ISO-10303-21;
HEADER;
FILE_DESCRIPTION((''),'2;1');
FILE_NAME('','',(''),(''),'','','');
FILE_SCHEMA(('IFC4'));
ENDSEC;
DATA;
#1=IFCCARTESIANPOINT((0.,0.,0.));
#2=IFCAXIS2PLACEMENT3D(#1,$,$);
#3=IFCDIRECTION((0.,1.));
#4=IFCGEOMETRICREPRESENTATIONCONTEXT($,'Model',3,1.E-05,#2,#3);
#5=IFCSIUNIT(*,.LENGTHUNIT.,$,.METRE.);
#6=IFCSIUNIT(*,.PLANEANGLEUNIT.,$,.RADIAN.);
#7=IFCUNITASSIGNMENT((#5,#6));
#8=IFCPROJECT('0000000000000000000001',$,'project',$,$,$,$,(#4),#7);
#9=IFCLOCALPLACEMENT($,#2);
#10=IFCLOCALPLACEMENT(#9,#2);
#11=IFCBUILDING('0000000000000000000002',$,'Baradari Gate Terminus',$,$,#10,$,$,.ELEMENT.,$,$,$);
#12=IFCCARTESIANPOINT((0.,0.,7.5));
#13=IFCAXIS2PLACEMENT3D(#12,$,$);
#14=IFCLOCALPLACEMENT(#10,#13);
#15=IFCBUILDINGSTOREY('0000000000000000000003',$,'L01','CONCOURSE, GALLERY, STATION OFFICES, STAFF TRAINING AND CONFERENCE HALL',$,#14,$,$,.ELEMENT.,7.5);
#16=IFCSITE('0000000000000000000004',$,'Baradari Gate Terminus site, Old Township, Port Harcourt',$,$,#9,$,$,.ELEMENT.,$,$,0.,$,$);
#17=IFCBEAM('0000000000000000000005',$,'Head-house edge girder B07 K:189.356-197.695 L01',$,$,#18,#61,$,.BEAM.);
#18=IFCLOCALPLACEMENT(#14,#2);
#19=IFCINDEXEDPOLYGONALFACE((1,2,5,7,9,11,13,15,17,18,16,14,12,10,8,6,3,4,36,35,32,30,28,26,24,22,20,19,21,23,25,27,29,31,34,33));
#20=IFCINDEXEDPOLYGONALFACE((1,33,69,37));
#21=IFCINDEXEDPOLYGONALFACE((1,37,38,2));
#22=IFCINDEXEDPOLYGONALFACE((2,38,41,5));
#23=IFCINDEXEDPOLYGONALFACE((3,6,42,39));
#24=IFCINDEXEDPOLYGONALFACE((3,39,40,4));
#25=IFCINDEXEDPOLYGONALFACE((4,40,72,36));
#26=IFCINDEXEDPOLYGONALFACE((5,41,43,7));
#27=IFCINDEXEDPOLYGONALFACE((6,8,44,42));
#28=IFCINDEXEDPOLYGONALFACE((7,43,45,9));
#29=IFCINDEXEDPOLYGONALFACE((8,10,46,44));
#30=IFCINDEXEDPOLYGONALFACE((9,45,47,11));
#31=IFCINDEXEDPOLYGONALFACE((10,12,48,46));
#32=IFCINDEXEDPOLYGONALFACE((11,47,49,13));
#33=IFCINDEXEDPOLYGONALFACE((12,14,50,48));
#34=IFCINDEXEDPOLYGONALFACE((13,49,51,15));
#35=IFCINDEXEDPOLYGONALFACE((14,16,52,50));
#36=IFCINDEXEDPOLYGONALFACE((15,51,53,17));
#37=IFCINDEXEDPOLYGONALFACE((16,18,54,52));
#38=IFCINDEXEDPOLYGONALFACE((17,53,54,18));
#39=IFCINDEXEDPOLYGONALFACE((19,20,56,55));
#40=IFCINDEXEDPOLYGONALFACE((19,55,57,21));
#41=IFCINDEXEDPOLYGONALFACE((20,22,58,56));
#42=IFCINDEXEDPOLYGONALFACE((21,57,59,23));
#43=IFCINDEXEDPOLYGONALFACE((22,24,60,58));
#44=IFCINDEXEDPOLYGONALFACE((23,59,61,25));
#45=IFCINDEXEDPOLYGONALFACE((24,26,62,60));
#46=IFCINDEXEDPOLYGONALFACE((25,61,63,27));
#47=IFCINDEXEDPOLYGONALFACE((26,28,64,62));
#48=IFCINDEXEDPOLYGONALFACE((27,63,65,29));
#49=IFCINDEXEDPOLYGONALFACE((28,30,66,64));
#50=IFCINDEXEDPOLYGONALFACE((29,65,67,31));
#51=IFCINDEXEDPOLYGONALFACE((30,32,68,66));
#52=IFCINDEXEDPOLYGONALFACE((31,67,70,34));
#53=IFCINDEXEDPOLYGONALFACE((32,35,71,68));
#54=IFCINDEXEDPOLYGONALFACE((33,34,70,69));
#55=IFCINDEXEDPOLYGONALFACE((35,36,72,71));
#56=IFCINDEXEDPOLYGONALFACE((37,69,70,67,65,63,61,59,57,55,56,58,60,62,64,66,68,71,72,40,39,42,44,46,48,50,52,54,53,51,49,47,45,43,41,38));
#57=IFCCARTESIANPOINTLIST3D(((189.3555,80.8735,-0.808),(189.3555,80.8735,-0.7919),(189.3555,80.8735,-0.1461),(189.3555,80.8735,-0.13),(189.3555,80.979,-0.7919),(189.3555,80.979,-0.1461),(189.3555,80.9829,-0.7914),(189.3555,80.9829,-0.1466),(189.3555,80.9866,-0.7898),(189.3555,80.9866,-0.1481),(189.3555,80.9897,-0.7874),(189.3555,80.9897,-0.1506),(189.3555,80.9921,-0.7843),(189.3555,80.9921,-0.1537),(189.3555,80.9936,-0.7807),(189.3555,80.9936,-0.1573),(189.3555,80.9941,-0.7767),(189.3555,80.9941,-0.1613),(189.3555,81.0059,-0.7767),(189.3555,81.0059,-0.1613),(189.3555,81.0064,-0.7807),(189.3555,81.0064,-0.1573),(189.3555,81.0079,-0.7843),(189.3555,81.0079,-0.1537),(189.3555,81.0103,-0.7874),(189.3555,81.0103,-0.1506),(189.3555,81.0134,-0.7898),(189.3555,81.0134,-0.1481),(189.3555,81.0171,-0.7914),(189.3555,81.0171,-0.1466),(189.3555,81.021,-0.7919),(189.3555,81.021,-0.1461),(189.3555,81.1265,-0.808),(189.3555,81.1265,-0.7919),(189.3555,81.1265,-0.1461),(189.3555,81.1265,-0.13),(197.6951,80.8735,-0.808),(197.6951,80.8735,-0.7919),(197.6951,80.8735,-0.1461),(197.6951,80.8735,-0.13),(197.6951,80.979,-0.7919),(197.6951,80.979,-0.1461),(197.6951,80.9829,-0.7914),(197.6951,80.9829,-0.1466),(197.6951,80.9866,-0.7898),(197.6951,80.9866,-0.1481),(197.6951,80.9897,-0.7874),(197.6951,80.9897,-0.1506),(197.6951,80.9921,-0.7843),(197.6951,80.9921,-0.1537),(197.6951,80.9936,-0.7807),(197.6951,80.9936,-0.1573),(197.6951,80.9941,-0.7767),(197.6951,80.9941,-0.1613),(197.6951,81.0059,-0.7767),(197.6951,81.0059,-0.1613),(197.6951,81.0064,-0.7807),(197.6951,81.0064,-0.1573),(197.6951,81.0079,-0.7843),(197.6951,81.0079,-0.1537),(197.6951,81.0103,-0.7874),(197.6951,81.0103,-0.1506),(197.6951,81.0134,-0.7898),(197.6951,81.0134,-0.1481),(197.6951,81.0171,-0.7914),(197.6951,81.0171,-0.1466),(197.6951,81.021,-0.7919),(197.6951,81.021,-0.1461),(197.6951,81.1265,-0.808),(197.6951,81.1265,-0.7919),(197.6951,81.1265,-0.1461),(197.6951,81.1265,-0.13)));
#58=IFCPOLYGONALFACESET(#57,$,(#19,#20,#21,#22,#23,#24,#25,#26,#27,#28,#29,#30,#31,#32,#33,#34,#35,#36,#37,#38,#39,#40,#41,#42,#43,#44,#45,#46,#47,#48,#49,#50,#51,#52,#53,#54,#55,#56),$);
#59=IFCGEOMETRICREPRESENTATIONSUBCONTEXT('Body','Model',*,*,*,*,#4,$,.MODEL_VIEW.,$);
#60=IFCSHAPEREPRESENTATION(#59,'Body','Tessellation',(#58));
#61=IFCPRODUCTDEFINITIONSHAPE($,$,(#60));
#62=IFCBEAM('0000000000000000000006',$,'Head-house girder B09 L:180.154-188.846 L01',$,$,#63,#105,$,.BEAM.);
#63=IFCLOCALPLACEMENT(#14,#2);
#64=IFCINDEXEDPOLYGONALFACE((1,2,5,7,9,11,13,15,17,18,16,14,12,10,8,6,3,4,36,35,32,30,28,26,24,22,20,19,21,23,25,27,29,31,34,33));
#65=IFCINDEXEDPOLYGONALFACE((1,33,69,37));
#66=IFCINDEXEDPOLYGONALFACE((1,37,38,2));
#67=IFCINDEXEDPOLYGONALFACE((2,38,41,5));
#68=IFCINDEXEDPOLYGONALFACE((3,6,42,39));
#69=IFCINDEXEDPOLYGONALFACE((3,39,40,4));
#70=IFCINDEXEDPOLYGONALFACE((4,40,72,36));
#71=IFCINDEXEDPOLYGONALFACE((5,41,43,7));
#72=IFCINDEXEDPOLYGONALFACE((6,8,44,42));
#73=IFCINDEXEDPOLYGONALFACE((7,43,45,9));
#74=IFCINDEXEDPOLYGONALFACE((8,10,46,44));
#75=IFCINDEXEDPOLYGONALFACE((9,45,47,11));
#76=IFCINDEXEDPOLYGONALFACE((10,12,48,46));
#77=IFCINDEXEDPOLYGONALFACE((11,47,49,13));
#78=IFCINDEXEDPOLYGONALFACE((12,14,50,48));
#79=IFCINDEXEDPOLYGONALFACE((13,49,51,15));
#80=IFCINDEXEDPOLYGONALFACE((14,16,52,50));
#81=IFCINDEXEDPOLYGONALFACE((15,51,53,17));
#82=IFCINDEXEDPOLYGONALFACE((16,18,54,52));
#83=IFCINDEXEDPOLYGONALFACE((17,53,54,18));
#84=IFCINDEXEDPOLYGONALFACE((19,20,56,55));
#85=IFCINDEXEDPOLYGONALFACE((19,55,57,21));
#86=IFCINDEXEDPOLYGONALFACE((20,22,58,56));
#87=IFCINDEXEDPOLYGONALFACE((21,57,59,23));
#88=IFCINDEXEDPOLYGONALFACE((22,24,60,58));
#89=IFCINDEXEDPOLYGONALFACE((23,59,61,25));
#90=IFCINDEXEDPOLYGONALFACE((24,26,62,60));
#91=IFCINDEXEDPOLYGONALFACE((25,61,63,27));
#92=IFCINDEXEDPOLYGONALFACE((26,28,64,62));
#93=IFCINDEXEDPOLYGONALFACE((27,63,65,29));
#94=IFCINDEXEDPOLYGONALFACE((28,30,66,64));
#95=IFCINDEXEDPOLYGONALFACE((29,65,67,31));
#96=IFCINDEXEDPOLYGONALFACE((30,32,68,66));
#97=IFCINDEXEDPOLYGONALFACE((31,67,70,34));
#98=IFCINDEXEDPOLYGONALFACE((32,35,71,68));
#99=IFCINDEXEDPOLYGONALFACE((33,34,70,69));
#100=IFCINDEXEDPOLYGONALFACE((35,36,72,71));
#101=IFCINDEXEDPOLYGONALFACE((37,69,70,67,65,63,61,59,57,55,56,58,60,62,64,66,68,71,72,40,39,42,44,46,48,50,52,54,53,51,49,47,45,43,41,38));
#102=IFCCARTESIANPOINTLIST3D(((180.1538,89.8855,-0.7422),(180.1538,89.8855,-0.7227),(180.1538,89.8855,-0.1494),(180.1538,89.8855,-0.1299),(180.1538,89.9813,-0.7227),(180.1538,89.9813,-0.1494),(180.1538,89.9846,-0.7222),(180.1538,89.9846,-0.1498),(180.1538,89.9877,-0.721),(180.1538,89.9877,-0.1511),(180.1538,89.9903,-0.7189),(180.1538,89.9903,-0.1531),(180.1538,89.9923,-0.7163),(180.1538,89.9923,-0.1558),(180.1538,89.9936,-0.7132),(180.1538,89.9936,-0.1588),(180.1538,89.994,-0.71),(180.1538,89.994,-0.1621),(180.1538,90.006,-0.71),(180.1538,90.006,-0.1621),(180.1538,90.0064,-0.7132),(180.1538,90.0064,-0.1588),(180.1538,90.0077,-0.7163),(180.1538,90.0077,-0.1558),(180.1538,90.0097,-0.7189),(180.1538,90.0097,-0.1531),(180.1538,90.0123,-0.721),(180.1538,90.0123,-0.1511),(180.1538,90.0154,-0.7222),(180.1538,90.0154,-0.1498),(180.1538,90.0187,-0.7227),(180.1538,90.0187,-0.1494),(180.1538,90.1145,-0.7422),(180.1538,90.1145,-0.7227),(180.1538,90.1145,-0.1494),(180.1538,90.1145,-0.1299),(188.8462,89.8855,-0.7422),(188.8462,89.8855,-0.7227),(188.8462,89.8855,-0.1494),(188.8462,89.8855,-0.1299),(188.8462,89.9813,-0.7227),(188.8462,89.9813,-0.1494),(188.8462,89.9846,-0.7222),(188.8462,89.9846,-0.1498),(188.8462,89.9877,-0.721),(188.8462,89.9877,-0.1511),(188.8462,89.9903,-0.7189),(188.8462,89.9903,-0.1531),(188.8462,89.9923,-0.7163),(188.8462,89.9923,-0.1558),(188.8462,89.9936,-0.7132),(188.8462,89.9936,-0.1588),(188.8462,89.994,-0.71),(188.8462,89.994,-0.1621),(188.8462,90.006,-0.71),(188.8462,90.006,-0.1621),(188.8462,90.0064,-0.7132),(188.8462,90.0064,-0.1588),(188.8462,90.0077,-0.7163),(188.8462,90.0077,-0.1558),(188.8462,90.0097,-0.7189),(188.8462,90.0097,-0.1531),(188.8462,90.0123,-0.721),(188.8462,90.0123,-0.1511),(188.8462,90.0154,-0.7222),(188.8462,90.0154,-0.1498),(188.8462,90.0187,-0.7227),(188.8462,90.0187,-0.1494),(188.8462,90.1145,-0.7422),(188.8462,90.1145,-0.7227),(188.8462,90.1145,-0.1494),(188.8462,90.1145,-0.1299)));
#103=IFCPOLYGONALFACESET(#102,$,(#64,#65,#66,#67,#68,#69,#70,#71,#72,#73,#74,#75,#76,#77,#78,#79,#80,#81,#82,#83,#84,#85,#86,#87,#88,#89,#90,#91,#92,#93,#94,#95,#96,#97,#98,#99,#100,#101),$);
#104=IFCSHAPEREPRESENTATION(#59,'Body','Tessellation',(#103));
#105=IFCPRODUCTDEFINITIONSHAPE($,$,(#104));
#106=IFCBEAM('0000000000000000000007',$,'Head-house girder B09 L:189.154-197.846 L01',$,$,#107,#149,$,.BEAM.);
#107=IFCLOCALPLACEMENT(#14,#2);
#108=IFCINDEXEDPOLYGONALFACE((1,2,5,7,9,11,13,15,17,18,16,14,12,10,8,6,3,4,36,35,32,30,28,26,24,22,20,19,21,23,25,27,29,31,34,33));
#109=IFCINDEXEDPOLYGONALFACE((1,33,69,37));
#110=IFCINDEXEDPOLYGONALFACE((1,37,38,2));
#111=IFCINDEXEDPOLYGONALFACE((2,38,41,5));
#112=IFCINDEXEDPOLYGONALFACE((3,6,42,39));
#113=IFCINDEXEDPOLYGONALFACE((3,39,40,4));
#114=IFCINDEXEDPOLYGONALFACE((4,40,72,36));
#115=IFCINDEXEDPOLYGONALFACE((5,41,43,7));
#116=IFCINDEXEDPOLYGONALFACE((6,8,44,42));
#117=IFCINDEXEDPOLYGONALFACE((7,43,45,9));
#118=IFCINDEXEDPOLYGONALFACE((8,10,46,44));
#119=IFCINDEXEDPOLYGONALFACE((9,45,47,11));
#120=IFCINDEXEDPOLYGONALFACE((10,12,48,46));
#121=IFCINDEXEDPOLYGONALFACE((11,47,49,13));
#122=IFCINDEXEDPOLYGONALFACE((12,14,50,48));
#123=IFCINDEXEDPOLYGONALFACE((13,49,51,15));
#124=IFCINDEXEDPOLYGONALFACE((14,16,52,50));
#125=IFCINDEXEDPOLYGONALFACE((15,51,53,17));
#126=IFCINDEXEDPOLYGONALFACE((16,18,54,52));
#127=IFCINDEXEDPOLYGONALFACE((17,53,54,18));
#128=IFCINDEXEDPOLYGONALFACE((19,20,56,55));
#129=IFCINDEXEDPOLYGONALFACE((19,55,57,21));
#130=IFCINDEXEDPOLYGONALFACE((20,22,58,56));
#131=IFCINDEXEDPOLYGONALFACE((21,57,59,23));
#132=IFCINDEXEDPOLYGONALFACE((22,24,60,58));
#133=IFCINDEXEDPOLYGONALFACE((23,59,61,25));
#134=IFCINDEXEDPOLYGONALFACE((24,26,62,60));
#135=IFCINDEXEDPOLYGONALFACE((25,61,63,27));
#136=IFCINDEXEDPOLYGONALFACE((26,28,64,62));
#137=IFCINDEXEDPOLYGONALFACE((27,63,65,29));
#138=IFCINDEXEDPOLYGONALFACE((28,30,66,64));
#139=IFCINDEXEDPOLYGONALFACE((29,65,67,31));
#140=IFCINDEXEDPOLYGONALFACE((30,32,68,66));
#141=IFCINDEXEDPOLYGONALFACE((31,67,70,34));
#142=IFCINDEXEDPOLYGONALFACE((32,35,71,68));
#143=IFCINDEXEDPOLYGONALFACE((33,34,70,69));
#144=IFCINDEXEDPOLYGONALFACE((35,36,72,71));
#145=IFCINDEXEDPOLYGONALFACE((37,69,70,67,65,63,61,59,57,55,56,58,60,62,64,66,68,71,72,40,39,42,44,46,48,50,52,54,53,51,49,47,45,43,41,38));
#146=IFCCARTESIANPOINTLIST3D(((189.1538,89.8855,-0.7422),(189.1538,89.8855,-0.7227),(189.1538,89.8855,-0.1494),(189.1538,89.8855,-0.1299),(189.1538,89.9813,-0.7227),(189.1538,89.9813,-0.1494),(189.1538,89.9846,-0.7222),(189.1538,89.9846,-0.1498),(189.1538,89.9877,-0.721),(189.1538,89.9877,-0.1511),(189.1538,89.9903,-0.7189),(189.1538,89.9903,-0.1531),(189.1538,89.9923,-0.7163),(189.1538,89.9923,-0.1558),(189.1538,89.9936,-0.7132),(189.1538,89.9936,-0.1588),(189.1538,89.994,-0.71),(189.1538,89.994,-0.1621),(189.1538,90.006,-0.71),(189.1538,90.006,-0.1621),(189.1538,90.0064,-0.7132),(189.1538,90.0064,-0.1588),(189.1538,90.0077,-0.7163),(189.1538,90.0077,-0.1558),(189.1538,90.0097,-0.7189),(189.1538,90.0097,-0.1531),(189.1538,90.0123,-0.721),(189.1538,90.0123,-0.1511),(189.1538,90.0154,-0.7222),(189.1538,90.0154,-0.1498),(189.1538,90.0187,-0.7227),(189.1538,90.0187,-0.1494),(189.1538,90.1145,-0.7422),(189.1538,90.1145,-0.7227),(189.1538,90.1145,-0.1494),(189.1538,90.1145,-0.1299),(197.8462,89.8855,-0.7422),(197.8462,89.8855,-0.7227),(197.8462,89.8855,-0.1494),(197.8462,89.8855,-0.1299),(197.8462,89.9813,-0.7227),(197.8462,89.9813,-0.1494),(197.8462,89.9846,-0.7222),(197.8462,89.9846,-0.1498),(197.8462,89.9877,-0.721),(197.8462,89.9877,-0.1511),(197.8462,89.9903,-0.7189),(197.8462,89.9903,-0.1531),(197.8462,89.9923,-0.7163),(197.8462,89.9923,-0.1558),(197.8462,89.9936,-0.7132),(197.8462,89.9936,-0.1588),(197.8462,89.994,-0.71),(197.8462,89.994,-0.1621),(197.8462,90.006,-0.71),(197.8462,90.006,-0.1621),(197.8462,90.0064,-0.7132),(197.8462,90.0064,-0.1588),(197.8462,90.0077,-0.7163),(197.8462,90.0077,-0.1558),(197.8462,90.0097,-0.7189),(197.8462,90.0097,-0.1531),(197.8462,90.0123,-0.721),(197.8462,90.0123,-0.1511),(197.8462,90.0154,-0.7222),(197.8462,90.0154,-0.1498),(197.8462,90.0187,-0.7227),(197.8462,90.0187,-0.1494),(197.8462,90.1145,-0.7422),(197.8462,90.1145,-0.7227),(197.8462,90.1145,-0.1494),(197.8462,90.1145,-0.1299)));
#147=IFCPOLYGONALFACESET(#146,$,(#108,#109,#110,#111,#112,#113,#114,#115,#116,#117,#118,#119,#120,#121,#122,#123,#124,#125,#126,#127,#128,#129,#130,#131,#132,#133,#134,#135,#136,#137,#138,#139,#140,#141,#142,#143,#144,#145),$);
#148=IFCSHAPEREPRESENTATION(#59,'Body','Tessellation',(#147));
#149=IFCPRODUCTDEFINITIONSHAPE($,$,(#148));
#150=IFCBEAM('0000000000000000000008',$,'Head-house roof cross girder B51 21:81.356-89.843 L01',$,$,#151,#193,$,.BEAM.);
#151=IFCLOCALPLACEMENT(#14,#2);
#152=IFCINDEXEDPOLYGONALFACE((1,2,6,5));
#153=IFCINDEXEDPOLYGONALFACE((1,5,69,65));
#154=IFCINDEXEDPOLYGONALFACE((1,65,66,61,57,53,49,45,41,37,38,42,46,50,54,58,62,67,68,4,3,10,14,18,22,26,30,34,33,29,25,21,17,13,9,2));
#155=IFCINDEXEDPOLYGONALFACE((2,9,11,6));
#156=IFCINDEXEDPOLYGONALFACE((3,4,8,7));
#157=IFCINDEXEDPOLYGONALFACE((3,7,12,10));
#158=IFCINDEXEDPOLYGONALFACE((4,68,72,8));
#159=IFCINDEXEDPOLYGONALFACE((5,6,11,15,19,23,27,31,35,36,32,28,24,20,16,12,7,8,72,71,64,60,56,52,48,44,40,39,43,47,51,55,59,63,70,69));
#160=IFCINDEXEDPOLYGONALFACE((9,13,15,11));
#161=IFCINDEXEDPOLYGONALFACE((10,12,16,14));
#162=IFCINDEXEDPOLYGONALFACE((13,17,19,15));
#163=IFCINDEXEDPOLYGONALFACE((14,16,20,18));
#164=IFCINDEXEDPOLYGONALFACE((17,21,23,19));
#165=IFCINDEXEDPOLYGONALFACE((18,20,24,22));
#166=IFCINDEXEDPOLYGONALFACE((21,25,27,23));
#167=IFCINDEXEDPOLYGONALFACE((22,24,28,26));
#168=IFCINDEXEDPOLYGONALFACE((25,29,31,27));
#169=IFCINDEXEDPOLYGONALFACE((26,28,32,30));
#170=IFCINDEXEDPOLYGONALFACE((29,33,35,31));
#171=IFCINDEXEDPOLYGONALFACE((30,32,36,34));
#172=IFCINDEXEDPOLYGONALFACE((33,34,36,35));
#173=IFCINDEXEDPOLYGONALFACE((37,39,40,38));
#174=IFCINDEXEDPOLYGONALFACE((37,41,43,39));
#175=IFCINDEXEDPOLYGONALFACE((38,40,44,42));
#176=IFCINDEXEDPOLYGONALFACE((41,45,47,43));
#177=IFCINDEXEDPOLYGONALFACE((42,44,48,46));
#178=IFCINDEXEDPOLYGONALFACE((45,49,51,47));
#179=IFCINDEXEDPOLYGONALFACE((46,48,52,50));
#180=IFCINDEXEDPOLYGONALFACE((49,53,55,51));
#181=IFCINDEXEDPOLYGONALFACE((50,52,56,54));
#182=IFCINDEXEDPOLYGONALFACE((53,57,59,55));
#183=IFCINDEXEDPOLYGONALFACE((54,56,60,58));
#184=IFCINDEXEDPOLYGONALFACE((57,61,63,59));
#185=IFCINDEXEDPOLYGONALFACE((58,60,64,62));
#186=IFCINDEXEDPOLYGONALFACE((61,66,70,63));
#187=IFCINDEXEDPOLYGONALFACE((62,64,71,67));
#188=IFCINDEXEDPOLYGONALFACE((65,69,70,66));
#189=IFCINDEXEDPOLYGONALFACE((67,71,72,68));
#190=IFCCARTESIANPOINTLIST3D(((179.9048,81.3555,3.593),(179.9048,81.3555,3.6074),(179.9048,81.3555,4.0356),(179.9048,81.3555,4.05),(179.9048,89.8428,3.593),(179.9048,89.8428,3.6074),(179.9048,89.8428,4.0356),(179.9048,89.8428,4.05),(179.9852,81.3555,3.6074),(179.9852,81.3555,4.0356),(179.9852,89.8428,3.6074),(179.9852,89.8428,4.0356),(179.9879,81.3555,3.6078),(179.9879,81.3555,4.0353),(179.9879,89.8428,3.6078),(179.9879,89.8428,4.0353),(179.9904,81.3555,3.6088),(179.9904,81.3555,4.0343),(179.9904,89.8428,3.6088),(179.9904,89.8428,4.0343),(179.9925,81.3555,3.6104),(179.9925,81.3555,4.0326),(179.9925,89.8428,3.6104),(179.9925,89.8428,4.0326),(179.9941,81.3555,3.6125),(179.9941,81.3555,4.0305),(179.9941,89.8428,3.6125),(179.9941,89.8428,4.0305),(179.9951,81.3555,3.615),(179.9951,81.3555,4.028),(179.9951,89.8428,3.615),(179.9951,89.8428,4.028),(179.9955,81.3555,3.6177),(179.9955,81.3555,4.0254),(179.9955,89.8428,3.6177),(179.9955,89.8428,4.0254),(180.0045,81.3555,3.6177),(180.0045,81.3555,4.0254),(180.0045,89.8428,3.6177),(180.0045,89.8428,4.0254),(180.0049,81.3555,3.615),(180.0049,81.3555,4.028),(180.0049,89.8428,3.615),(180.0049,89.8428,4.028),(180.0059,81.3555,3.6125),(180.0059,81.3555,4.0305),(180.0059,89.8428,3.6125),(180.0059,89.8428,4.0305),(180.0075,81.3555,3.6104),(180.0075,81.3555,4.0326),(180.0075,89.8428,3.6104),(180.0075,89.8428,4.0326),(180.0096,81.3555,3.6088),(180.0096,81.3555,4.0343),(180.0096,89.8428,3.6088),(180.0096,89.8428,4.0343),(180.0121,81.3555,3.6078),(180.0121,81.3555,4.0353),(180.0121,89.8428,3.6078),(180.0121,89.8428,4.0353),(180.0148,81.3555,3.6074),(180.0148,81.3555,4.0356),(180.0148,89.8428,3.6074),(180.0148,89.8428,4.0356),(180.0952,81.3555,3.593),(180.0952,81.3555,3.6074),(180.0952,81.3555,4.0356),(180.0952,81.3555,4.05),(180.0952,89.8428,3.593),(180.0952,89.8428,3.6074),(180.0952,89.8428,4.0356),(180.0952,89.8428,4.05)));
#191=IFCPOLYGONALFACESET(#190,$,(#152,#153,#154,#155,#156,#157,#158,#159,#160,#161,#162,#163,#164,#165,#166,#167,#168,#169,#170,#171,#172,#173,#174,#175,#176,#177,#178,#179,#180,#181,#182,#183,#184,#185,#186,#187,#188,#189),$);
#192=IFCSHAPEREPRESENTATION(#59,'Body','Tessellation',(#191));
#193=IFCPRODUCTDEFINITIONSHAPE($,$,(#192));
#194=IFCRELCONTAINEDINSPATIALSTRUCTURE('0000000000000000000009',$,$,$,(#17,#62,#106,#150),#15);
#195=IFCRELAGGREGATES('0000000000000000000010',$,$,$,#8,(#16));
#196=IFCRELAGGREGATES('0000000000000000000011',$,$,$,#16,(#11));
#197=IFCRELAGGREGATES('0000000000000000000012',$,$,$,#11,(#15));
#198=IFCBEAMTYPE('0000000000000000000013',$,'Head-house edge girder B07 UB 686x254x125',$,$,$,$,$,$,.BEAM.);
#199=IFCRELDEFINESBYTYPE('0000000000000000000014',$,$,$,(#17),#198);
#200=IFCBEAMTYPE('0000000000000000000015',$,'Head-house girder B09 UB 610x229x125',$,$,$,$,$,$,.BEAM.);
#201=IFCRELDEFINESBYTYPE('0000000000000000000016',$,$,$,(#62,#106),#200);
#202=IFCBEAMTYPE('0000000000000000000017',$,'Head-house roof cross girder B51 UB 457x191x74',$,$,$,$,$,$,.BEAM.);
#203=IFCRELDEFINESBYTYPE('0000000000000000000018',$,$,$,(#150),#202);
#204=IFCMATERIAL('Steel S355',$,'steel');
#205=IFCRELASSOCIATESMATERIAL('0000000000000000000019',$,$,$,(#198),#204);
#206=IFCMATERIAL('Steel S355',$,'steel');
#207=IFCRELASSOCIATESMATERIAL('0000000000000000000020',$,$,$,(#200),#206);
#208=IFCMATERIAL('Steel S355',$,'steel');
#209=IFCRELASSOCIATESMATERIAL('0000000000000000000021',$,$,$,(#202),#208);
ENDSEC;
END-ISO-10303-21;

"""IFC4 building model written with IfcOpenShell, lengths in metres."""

from ifc_helpers import new_model, si_unit, direction, frame, origin, origin_2d, place, context, subcontext, project, spatial, i_section, extrude, material, material_profile, profile_set, type_object, element, save


model = new_model("IFC4")

# Units and contexts
model_context = context("Model", 3, precision=1e-05, world=origin(), true_north=direction((0.0, 1.0)))
body_context = subcontext(model_context, "Body", "Model", "MODEL_VIEW")
ifc_project = project(units=[si_unit("LENGTHUNIT", "METRE"), si_unit("PLANEANGLEUNIT", "RADIAN")], contexts=[model_context])

# Site, building, storey
site_placement = place(None, origin())
site = spatial("IfcSite", under=ifc_project, at=site_placement, Name="Baradari Gate Terminus site, Old Township, Port Harcourt", CompositionType="ELEMENT", RefElevation=0.0)
building_placement = place(site_placement, origin())
building = spatial("IfcBuilding", under=site, at=building_placement, Name="Baradari Gate Terminus", CompositionType="ELEMENT")
storey_placement = place(building_placement, frame((0.0, 0.0, 7.5)))
storey = spatial("IfcBuildingStorey", under=building, at=storey_placement, Name="L01", Description="CONCOURSE, GALLERY, STATION OFFICES, STAFF TRAINING AND CONFERENCE HALL", CompositionType="ELEMENT", Elevation=7.5)

# Beams
ifc_material_1 = material(Name="Steel S355", Category="steel")
ifc_material_profile_1 = material_profile(ifc_material_1, i_section(OverallWidth=0.2529, OverallDepth=0.678, WebThickness=0.0117, FlangeThickness=0.0161, FilletRadius=0.0151, at=origin_2d()), Name="UB 686x254x125")
ifc_profile_set_1 = profile_set([ifc_material_profile_1], Name="Steel S355")
beam_type_1 = type_object("IfcBeamType", Name="Head-house edge girder B07 UB 686x254x125", PredefinedType="BEAM", material=ifc_profile_set_1)
beam_1_placement = place(storey_placement, frame((189.3555, 81.0, -0.469), z_axis=(1.0, 0.0, 0.0), x_axis=(0.0, 1.0, 0.0)))
element("IfcBeam", 1, at=beam_1_placement, inside=storey, type_object=beam_type_1, Name="Head-house edge girder B07 K:189.356-197.695 L01", PredefinedType="BEAM", context=body_context, shape_type="SweptSolid", body=[
    extrude(i_section(OverallWidth=0.2529, OverallDepth=0.678, WebThickness=0.0117, FlangeThickness=0.0161, FilletRadius=0.0151, at=origin_2d()), origin(), (0.0, 0.0, 1.0), 8.3396),
])
ifc_material_2 = material(Name="Steel S355", Category="steel")
ifc_material_profile_2 = material_profile(ifc_material_2, i_section(OverallWidth=0.229, OverallDepth=0.6123, WebThickness=0.012, FlangeThickness=0.0195, FilletRadius=0.0127, at=origin_2d()), Name="UB 610x229x125")
ifc_profile_set_2 = profile_set([ifc_material_profile_2], Name="Steel S355")
beam_type_2 = type_object("IfcBeamType", Name="Head-house girder B09 UB 610x229x125", PredefinedType="BEAM", material=ifc_profile_set_2)
for number, where, z_axis, x_axis, name in (
    (2, (180.1538, 90.0, -0.436), (1.0, 0.0, 0.0), (0.0, 1.0, 0.0), "Head-house girder B09 L:180.154-188.846 L01"),
    (3, (189.1538, 90.0, -0.436), (1.0, 0.0, 0.0), (0.0, 1.0, 0.0), "Head-house girder B09 L:189.154-197.846 L01"),
):
    element("IfcBeam", number, at=place(storey_placement, frame(where, z_axis=z_axis, x_axis=x_axis)), inside=storey, type_object=beam_type_2, Name=name, PredefinedType="BEAM", context=body_context, shape_type="SweptSolid", body=[
        extrude(i_section(OverallWidth=0.229, OverallDepth=0.6123, WebThickness=0.012, FlangeThickness=0.0195, FilletRadius=0.0127, at=origin_2d()), origin(), (0.0, 0.0, 1.0), 8.6924),
    ])
ifc_material_3 = material(Name="Steel S355", Category="steel")
ifc_material_profile_3 = material_profile(ifc_material_3, i_section(OverallWidth=0.1904, OverallDepth=0.457, WebThickness=0.009, FlangeThickness=0.0144, FilletRadius=0.0103, at=origin_2d()), Name="UB 457x191x74")
ifc_profile_set_3 = profile_set([ifc_material_profile_3], Name="Steel S355")
beam_type_3 = type_object("IfcBeamType", Name="Head-house roof cross girder B51 UB 457x191x74", PredefinedType="BEAM", material=ifc_profile_set_3)
for number, where, z_axis, x_axis, name in (
    (4, (180.0, 81.3555, 3.8215), (0.0, 1.0, 0.0), (-1.0, 0.0, 0.0), "Head-house roof cross girder B51 21:81.356-89.843 L01"),
):
    element("IfcBeam", number, at=place(storey_placement, frame(where, z_axis=z_axis, x_axis=x_axis)), inside=storey, type_object=beam_type_3, Name=name, PredefinedType="BEAM", context=body_context, shape_type="SweptSolid", body=[
        extrude(i_section(OverallWidth=0.1904, OverallDepth=0.457, WebThickness=0.009, FlangeThickness=0.0144, FilletRadius=0.0103, at=origin_2d()), origin(), (0.0, 0.0, 1.0), 8.4873),
    ])

save(model, "model.ifc")
